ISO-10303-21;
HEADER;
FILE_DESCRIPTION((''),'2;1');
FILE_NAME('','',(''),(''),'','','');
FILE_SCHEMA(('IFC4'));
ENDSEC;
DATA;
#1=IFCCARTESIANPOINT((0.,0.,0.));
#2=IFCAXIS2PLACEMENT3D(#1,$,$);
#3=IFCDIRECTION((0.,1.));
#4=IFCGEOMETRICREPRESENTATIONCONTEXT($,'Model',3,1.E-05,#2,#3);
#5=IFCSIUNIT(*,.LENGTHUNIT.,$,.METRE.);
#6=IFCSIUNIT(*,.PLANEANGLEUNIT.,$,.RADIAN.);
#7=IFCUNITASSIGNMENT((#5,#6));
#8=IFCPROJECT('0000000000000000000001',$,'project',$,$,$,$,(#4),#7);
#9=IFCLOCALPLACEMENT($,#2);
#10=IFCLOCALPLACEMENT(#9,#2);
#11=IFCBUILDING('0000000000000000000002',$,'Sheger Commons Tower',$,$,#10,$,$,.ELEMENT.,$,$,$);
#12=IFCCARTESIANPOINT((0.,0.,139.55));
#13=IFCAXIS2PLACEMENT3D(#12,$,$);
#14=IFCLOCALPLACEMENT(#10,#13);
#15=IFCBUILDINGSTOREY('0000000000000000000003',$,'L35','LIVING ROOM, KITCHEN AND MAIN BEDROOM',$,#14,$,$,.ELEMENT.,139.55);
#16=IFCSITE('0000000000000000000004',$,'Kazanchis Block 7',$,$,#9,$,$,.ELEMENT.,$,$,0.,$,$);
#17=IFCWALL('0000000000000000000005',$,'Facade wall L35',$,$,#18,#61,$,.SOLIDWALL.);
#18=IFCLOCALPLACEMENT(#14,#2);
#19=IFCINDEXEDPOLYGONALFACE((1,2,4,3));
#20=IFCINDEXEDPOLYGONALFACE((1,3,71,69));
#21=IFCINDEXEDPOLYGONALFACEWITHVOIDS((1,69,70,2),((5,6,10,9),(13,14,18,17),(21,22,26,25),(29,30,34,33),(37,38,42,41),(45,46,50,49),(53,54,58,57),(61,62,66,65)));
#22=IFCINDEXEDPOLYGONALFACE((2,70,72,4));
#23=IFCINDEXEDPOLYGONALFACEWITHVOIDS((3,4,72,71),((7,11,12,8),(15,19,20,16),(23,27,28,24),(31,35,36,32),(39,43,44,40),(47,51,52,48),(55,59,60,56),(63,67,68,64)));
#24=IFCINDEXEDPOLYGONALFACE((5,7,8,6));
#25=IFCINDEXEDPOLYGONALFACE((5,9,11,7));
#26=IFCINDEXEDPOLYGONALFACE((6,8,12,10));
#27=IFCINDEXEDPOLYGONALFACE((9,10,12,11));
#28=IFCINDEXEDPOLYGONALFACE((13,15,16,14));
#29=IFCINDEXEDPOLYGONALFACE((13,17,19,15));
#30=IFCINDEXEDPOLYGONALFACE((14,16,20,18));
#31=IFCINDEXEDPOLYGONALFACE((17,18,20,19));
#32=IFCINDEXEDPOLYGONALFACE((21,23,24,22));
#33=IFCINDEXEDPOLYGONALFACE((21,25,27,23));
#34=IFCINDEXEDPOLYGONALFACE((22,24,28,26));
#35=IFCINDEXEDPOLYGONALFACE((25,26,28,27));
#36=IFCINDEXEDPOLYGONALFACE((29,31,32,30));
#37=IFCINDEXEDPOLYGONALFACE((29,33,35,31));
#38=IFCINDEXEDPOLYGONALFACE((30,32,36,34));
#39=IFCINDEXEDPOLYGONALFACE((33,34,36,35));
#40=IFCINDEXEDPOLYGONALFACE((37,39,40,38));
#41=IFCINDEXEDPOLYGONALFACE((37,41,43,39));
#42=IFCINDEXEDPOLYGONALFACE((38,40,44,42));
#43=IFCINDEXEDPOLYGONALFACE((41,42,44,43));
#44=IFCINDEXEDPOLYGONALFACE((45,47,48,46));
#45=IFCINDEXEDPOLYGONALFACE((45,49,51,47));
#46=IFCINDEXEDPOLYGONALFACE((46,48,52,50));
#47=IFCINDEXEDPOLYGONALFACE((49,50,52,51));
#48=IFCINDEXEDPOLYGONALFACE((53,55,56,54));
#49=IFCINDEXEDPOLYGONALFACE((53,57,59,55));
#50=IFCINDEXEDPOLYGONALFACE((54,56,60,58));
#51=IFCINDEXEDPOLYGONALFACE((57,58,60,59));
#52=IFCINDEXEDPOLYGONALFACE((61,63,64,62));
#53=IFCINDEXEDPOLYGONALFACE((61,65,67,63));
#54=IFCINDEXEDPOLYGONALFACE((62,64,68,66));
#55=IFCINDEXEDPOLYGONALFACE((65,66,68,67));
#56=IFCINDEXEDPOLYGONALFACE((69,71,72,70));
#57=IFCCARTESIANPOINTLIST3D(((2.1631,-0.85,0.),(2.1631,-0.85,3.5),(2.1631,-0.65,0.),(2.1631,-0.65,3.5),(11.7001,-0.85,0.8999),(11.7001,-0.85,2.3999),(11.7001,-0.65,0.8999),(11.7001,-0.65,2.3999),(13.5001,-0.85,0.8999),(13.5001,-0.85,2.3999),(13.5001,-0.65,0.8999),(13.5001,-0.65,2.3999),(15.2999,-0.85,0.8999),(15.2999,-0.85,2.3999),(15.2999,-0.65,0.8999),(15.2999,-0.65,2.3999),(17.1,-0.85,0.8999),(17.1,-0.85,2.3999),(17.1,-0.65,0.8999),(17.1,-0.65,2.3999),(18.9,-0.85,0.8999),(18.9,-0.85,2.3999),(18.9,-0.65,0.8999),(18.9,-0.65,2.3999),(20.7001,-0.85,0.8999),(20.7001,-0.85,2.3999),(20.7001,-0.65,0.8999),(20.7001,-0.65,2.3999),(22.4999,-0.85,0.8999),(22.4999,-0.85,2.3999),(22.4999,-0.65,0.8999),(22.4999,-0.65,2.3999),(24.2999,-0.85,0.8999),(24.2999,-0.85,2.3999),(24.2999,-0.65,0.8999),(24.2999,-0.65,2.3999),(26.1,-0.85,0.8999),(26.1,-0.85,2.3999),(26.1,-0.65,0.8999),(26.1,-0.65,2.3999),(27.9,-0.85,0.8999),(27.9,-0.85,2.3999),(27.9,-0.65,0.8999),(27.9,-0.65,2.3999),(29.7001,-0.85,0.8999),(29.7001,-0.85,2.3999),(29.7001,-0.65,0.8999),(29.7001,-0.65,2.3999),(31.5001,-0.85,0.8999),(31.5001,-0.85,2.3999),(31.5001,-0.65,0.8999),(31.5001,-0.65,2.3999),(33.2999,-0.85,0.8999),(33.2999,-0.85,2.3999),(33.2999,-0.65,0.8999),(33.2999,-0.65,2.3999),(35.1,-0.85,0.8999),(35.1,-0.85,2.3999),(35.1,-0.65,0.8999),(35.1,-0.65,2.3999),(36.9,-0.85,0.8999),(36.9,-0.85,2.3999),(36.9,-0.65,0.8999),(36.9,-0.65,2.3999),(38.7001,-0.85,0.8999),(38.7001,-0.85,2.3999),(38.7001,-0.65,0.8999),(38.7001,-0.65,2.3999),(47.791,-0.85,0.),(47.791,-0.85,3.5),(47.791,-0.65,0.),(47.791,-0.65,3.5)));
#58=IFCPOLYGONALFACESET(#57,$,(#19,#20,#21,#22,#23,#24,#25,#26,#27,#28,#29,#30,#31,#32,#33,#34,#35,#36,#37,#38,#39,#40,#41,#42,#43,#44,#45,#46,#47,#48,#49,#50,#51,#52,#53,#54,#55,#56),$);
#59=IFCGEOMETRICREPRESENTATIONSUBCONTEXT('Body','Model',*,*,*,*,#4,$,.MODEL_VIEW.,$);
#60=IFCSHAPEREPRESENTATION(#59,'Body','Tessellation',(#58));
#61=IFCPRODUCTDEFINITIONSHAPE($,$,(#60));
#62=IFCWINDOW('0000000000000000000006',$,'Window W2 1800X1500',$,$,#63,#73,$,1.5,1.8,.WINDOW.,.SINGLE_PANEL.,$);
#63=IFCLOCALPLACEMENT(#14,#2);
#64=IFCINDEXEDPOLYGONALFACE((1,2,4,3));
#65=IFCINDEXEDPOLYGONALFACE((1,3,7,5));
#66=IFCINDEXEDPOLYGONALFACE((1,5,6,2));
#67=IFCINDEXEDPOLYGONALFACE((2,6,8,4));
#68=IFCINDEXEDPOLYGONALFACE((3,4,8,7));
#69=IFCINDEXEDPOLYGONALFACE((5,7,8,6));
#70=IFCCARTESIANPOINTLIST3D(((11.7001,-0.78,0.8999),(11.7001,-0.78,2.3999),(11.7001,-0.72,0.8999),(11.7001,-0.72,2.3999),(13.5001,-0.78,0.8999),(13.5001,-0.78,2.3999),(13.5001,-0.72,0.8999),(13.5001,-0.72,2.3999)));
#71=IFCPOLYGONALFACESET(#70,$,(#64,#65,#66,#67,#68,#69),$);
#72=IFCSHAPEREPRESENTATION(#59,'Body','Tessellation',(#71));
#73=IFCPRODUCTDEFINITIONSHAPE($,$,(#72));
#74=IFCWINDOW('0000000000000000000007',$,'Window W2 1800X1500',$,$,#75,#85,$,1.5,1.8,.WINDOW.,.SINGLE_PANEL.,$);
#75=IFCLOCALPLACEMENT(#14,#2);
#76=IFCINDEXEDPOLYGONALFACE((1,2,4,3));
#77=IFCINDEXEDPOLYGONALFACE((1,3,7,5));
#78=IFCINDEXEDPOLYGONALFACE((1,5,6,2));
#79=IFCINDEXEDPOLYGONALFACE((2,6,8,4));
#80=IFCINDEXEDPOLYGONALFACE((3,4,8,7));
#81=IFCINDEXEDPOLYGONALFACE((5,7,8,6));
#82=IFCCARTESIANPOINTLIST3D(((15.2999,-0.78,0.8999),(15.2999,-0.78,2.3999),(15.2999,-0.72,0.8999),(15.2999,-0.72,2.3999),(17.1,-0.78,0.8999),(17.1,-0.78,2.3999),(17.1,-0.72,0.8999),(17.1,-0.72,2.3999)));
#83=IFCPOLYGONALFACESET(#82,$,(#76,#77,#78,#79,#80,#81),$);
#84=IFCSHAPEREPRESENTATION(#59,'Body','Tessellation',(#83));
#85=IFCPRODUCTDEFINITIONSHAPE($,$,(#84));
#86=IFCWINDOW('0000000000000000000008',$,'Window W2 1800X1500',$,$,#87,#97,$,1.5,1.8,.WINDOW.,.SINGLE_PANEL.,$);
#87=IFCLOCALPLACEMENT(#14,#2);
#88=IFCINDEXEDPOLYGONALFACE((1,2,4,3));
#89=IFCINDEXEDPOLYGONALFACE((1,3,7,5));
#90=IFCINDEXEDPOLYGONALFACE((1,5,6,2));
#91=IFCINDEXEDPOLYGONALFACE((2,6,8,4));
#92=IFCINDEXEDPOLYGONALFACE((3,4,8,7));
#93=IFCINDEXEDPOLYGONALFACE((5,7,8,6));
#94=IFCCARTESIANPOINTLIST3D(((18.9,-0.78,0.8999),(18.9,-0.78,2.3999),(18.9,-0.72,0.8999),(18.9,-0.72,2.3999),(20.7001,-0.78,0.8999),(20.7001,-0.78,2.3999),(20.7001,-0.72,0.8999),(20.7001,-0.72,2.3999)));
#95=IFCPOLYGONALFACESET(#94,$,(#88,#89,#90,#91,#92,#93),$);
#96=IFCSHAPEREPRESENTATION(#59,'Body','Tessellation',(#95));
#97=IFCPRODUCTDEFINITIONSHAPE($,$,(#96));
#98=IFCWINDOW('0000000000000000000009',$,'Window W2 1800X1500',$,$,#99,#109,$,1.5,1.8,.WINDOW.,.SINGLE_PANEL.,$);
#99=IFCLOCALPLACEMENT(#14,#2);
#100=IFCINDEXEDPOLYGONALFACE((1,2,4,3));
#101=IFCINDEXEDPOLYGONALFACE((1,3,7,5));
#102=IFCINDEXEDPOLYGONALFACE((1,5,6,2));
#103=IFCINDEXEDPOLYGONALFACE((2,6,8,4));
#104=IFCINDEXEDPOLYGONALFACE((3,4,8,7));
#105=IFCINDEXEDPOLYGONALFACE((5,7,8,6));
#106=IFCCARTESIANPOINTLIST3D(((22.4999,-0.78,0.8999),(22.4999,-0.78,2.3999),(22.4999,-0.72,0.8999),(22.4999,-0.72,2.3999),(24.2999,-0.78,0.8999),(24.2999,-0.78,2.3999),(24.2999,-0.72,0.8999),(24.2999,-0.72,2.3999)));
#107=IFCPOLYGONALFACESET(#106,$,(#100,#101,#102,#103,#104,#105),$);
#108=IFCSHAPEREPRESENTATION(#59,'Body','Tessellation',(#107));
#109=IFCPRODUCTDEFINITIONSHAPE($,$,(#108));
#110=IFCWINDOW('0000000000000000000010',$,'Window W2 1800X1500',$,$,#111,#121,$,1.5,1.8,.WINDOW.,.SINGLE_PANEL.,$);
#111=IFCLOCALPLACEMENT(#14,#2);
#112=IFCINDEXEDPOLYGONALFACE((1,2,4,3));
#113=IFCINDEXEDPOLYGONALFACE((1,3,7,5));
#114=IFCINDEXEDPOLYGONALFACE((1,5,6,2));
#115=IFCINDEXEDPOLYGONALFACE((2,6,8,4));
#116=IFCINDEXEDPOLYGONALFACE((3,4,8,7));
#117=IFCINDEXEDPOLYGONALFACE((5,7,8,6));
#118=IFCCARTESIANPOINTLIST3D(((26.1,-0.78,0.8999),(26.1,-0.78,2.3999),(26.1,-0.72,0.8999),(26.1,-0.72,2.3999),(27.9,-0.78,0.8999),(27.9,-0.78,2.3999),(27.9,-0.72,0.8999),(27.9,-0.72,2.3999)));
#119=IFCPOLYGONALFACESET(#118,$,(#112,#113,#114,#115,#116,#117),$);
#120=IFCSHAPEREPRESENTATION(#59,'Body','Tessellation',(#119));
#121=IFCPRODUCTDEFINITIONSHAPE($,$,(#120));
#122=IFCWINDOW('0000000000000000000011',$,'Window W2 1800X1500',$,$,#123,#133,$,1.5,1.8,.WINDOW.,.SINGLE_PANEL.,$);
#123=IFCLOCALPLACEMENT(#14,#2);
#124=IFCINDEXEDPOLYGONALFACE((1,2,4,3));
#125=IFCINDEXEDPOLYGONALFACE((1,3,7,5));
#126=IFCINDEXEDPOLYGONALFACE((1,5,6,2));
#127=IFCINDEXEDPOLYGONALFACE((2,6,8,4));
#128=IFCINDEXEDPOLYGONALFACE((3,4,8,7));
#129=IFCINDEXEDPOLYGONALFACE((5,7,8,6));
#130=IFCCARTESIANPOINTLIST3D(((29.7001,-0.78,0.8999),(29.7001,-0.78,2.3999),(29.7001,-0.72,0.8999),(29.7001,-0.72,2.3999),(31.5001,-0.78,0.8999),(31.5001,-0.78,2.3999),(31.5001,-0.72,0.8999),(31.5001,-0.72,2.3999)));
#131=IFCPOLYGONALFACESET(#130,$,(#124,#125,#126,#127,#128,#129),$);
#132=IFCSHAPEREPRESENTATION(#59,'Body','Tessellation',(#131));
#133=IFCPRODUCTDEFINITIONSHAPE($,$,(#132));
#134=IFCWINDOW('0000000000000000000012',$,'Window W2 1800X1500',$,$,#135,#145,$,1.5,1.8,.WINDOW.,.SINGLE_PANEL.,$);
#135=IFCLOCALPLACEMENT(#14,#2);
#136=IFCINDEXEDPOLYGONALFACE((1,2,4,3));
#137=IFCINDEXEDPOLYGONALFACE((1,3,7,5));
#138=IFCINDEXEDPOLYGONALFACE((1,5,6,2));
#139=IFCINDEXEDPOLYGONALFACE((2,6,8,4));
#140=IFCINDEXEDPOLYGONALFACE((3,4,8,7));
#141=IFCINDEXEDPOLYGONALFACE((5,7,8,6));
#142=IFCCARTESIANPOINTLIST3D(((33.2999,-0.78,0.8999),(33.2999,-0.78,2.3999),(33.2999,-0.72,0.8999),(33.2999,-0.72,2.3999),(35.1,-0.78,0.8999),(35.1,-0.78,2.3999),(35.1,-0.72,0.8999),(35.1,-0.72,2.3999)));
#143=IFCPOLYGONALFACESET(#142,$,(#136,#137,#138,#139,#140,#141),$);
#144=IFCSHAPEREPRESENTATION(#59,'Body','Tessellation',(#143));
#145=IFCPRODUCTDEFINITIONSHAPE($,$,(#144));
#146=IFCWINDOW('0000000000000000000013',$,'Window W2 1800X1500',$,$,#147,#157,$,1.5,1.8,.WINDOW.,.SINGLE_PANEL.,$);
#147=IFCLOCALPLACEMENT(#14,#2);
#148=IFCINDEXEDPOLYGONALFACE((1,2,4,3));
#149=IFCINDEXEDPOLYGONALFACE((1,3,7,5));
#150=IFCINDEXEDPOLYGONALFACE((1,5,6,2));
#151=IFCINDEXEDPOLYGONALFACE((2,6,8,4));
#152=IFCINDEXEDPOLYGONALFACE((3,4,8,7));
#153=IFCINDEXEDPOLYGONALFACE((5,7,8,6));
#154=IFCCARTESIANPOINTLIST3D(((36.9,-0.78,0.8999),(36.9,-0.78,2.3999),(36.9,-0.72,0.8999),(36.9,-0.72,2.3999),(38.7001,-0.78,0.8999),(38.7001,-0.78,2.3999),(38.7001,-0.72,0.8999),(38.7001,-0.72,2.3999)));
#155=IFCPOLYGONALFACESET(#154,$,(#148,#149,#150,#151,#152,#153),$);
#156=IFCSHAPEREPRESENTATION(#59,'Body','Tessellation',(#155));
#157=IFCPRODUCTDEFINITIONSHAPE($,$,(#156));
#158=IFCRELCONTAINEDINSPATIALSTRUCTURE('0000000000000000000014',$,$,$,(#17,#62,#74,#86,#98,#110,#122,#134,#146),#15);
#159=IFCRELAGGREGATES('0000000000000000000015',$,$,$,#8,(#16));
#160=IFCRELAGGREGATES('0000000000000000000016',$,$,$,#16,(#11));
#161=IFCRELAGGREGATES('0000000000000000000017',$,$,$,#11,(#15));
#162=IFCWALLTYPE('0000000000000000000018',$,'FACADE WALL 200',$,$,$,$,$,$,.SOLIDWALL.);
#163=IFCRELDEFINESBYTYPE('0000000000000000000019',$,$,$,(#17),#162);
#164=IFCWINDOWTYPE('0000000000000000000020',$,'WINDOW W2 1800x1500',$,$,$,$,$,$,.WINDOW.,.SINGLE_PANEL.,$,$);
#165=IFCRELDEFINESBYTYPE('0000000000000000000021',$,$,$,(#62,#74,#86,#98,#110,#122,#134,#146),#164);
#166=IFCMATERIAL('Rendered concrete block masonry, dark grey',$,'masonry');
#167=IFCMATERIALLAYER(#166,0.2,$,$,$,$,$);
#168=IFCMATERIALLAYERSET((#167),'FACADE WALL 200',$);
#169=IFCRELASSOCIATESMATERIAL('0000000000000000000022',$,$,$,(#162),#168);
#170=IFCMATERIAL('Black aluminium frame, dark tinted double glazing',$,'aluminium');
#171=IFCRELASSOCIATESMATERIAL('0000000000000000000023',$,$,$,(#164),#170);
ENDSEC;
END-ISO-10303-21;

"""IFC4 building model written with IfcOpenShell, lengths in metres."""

from ifc_helpers import new_model, si_unit, direction, frame, frame_2d, origin, place, context, subcontext, project, spatial, rectangle, extrude, material, layer, layer_set, type_object, element, fill, save


model = new_model("IFC4")

# Units and contexts
model_context = context("Model", 3, precision=1e-05, world=origin(), true_north=direction((0.0, 1.0)))
body_context = subcontext(model_context, "Body", "Model", "MODEL_VIEW")
ifc_project = project(units=[si_unit("LENGTHUNIT", "METRE"), si_unit("PLANEANGLEUNIT", "RADIAN")], contexts=[model_context])

# Site, building, storey
site_placement = place(None, origin())
site = spatial("IfcSite", under=ifc_project, at=site_placement, Name="Kazanchis Block 7", CompositionType="ELEMENT", RefElevation=0.0)
building_placement = place(site_placement, origin())
building = spatial("IfcBuilding", under=site, at=building_placement, Name="Sheger Commons Tower", CompositionType="ELEMENT")
storey_placement = place(building_placement, frame((0.0, 0.0, 139.55)))
storey = spatial("IfcBuildingStorey", under=building, at=storey_placement, Name="L35", Description="LIVING ROOM, KITCHEN AND MAIN BEDROOM", CompositionType="ELEMENT", Elevation=139.55)

# Wall, openings, windows
ifc_material_1 = material(Name="Rendered concrete block masonry, dark grey", Category="masonry")
ifc_layer_1 = layer(ifc_material_1, 0.2)
ifc_layer_set_1 = layer_set([ifc_layer_1], Name="FACADE WALL 200")
wall_type_1 = type_object("IfcWallType", Name="FACADE WALL 200", PredefinedType="SOLIDWALL", material=ifc_layer_set_1)
wall_1_placement = place(storey_placement, frame((2.1631, -0.75, 0.0), z_axis=(0.0, 0.0, 1.0), x_axis=(1.0, 0.0, 0.0)))
wall_1 = element("IfcWall", 1, at=wall_1_placement, inside=storey, type_object=wall_type_1, Name="Facade wall L35", PredefinedType="SOLIDWALL", context=body_context, shape_type="SweptSolid", body=[
    extrude(rectangle(XDim=45.6279, YDim=0.2, at=frame_2d((22.814, 0.0))), origin(), (0.0, 0.0, 1.0), 3.5),
])
opening_1_placement = place(wall_1_placement, frame((9.5371, 0.0, 0.8999)))
opening_1 = element("IfcOpeningElement", 2, at=opening_1_placement, cuts=wall_1, PredefinedType="OPENING", context=body_context, shape_type="SweptSolid", body=[
    extrude(rectangle(XDim=1.8, YDim=1.5, at=frame_2d((0.8999, 0.75))), frame((0.0, 0.1099, 0.0), z_axis=(0.0, -1.0, 0.0), x_axis=(1.0, 0.0, 0.0)), (0.0, 0.0, 1.0), 0.22),
])
opening_2_placement = place(wall_1_placement, frame((13.137, 0.0, 0.8999)))
opening_2 = element("IfcOpeningElement", 3, at=opening_2_placement, cuts=wall_1, PredefinedType="OPENING", context=body_context, shape_type="SweptSolid", body=[
    extrude(rectangle(XDim=1.8, YDim=1.5, at=frame_2d((0.8999, 0.75))), frame((0.0, 0.1099, 0.0), z_axis=(0.0, -1.0, 0.0), x_axis=(1.0, 0.0, 0.0)), (0.0, 0.0, 1.0), 0.22),
])
opening_3_placement = place(wall_1_placement, frame((16.7371, 0.0, 0.8999)))
opening_3 = element("IfcOpeningElement", 4, at=opening_3_placement, cuts=wall_1, PredefinedType="OPENING", context=body_context, shape_type="SweptSolid", body=[
    extrude(rectangle(XDim=1.8, YDim=1.5, at=frame_2d((0.8999, 0.75))), frame((0.0, 0.1099, 0.0), z_axis=(0.0, -1.0, 0.0), x_axis=(1.0, 0.0, 0.0)), (0.0, 0.0, 1.0), 0.22),
])
opening_4_placement = place(wall_1_placement, frame((20.3369, 0.0, 0.8999)))
opening_4 = element("IfcOpeningElement", 5, at=opening_4_placement, cuts=wall_1, PredefinedType="OPENING", context=body_context, shape_type="SweptSolid", body=[
    extrude(rectangle(XDim=1.8, YDim=1.5, at=frame_2d((0.8999, 0.75))), frame((0.0, 0.1099, 0.0), z_axis=(0.0, -1.0, 0.0), x_axis=(1.0, 0.0, 0.0)), (0.0, 0.0, 1.0), 0.22),
])
opening_5_placement = place(wall_1_placement, frame((23.937, 0.0, 0.8999)))
opening_5 = element("IfcOpeningElement", 6, at=opening_5_placement, cuts=wall_1, PredefinedType="OPENING", context=body_context, shape_type="SweptSolid", body=[
    extrude(rectangle(XDim=1.8, YDim=1.5, at=frame_2d((0.8999, 0.75))), frame((0.0, 0.1099, 0.0), z_axis=(0.0, -1.0, 0.0), x_axis=(1.0, 0.0, 0.0)), (0.0, 0.0, 1.0), 0.22),
])
opening_6_placement = place(wall_1_placement, frame((27.5371, 0.0, 0.8999)))
opening_6 = element("IfcOpeningElement", 7, at=opening_6_placement, cuts=wall_1, PredefinedType="OPENING", context=body_context, shape_type="SweptSolid", body=[
    extrude(rectangle(XDim=1.8, YDim=1.5, at=frame_2d((0.8999, 0.75))), frame((0.0, 0.1099, 0.0), z_axis=(0.0, -1.0, 0.0), x_axis=(1.0, 0.0, 0.0)), (0.0, 0.0, 1.0), 0.22),
])
opening_7_placement = place(wall_1_placement, frame((31.137, 0.0, 0.8999)))
opening_7 = element("IfcOpeningElement", 8, at=opening_7_placement, cuts=wall_1, PredefinedType="OPENING", context=body_context, shape_type="SweptSolid", body=[
    extrude(rectangle(XDim=1.8, YDim=1.5, at=frame_2d((0.8999, 0.75))), frame((0.0, 0.1099, 0.0), z_axis=(0.0, -1.0, 0.0), x_axis=(1.0, 0.0, 0.0)), (0.0, 0.0, 1.0), 0.22),
])
opening_8_placement = place(wall_1_placement, frame((34.7371, 0.0, 0.8999)))
opening_8 = element("IfcOpeningElement", 9, at=opening_8_placement, cuts=wall_1, PredefinedType="OPENING", context=body_context, shape_type="SweptSolid", body=[
    extrude(rectangle(XDim=1.8, YDim=1.5, at=frame_2d((0.8999, 0.75))), frame((0.0, 0.1099, 0.0), z_axis=(0.0, -1.0, 0.0), x_axis=(1.0, 0.0, 0.0)), (0.0, 0.0, 1.0), 0.22),
])
ifc_material_2 = material(Name="Black aluminium frame, dark tinted double glazing", Category="aluminium")
window_type = type_object("IfcWindowType", Name="WINDOW W2 1800x1500", PartitioningType="SINGLE_PANEL", PredefinedType="WINDOW", material=ifc_material_2)
window_1_placement = place(opening_1_placement, origin())
window_1 = element("IfcWindow", 10, at=window_1_placement, inside=storey, type_object=window_type, Name="Window W2 1800X1500", OverallHeight=1.5, OverallWidth=1.8, PartitioningType="SINGLE_PANEL", PredefinedType="WINDOW", context=body_context, shape_type="SweptSolid", body=[
    extrude(rectangle(XDim=1.8, YDim=1.5, at=frame_2d((0.8999, 0.75))), frame((0.0, 0.03, 0.0), z_axis=(0.0, -1.0, 0.0), x_axis=(1.0, 0.0, 0.0)), (0.0, 0.0, 1.0), 0.0601),
])
fill(opening_1, window_1)
window_2_placement = place(opening_2_placement, origin())
window_2 = element("IfcWindow", 11, at=window_2_placement, inside=storey, type_object=window_type, Name="Window W2 1800X1500", OverallHeight=1.5, OverallWidth=1.8, PartitioningType="SINGLE_PANEL", PredefinedType="WINDOW", context=body_context, shape_type="SweptSolid", body=[
    extrude(rectangle(XDim=1.8, YDim=1.5, at=frame_2d((0.8999, 0.75))), frame((0.0, 0.03, 0.0), z_axis=(0.0, -1.0, 0.0), x_axis=(1.0, 0.0, 0.0)), (0.0, 0.0, 1.0), 0.0601),
])
fill(opening_2, window_2)
window_3_placement = place(opening_3_placement, origin())
window_3 = element("IfcWindow", 12, at=window_3_placement, inside=storey, type_object=window_type, Name="Window W2 1800X1500", OverallHeight=1.5, OverallWidth=1.8, PartitioningType="SINGLE_PANEL", PredefinedType="WINDOW", context=body_context, shape_type="SweptSolid", body=[
    extrude(rectangle(XDim=1.8, YDim=1.5, at=frame_2d((0.8999, 0.75))), frame((0.0, 0.03, 0.0), z_axis=(0.0, -1.0, 0.0), x_axis=(1.0, 0.0, 0.0)), (0.0, 0.0, 1.0), 0.0601),
])
fill(opening_3, window_3)
window_4_placement = place(opening_4_placement, origin())
window_4 = element("IfcWindow", 13, at=window_4_placement, inside=storey, type_object=window_type, Name="Window W2 1800X1500", OverallHeight=1.5, OverallWidth=1.8, PartitioningType="SINGLE_PANEL", PredefinedType="WINDOW", context=body_context, shape_type="SweptSolid", body=[
    extrude(rectangle(XDim=1.8, YDim=1.5, at=frame_2d((0.8999, 0.75))), frame((0.0, 0.03, 0.0), z_axis=(0.0, -1.0, 0.0), x_axis=(1.0, 0.0, 0.0)), (0.0, 0.0, 1.0), 0.0601),
])
fill(opening_4, window_4)
window_5_placement = place(opening_5_placement, origin())
window_5 = element("IfcWindow", 14, at=window_5_placement, inside=storey, type_object=window_type, Name="Window W2 1800X1500", OverallHeight=1.5, OverallWidth=1.8, PartitioningType="SINGLE_PANEL", PredefinedType="WINDOW", context=body_context, shape_type="SweptSolid", body=[
    extrude(rectangle(XDim=1.8, YDim=1.5, at=frame_2d((0.8999, 0.75))), frame((0.0, 0.03, 0.0), z_axis=(0.0, -1.0, 0.0), x_axis=(1.0, 0.0, 0.0)), (0.0, 0.0, 1.0), 0.0601),
])
fill(opening_5, window_5)
window_6_placement = place(opening_6_placement, origin())
window_6 = element("IfcWindow", 15, at=window_6_placement, inside=storey, type_object=window_type, Name="Window W2 1800X1500", OverallHeight=1.5, OverallWidth=1.8, PartitioningType="SINGLE_PANEL", PredefinedType="WINDOW", context=body_context, shape_type="SweptSolid", body=[
    extrude(rectangle(XDim=1.8, YDim=1.5, at=frame_2d((0.8999, 0.75))), frame((0.0, 0.03, 0.0), z_axis=(0.0, -1.0, 0.0), x_axis=(1.0, 0.0, 0.0)), (0.0, 0.0, 1.0), 0.0601),
])
fill(opening_6, window_6)
window_7_placement = place(opening_7_placement, origin())
window_7 = element("IfcWindow", 16, at=window_7_placement, inside=storey, type_object=window_type, Name="Window W2 1800X1500", OverallHeight=1.5, OverallWidth=1.8, PartitioningType="SINGLE_PANEL", PredefinedType="WINDOW", context=body_context, shape_type="SweptSolid", body=[
    extrude(rectangle(XDim=1.8, YDim=1.5, at=frame_2d((0.8999, 0.75))), frame((0.0, 0.03, 0.0), z_axis=(0.0, -1.0, 0.0), x_axis=(1.0, 0.0, 0.0)), (0.0, 0.0, 1.0), 0.0601),
])
fill(opening_7, window_7)
window_8_placement = place(opening_8_placement, origin())
window_8 = element("IfcWindow", 17, at=window_8_placement, inside=storey, type_object=window_type, Name="Window W2 1800X1500", OverallHeight=1.5, OverallWidth=1.8, PartitioningType="SINGLE_PANEL", PredefinedType="WINDOW", context=body_context, shape_type="SweptSolid", body=[
    extrude(rectangle(XDim=1.8, YDim=1.5, at=frame_2d((0.8999, 0.75))), frame((0.0, 0.03, 0.0), z_axis=(0.0, -1.0, 0.0), x_axis=(1.0, 0.0, 0.0)), (0.0, 0.0, 1.0), 0.0601),
])
fill(opening_8, window_8)

save(model, "model.ifc")
